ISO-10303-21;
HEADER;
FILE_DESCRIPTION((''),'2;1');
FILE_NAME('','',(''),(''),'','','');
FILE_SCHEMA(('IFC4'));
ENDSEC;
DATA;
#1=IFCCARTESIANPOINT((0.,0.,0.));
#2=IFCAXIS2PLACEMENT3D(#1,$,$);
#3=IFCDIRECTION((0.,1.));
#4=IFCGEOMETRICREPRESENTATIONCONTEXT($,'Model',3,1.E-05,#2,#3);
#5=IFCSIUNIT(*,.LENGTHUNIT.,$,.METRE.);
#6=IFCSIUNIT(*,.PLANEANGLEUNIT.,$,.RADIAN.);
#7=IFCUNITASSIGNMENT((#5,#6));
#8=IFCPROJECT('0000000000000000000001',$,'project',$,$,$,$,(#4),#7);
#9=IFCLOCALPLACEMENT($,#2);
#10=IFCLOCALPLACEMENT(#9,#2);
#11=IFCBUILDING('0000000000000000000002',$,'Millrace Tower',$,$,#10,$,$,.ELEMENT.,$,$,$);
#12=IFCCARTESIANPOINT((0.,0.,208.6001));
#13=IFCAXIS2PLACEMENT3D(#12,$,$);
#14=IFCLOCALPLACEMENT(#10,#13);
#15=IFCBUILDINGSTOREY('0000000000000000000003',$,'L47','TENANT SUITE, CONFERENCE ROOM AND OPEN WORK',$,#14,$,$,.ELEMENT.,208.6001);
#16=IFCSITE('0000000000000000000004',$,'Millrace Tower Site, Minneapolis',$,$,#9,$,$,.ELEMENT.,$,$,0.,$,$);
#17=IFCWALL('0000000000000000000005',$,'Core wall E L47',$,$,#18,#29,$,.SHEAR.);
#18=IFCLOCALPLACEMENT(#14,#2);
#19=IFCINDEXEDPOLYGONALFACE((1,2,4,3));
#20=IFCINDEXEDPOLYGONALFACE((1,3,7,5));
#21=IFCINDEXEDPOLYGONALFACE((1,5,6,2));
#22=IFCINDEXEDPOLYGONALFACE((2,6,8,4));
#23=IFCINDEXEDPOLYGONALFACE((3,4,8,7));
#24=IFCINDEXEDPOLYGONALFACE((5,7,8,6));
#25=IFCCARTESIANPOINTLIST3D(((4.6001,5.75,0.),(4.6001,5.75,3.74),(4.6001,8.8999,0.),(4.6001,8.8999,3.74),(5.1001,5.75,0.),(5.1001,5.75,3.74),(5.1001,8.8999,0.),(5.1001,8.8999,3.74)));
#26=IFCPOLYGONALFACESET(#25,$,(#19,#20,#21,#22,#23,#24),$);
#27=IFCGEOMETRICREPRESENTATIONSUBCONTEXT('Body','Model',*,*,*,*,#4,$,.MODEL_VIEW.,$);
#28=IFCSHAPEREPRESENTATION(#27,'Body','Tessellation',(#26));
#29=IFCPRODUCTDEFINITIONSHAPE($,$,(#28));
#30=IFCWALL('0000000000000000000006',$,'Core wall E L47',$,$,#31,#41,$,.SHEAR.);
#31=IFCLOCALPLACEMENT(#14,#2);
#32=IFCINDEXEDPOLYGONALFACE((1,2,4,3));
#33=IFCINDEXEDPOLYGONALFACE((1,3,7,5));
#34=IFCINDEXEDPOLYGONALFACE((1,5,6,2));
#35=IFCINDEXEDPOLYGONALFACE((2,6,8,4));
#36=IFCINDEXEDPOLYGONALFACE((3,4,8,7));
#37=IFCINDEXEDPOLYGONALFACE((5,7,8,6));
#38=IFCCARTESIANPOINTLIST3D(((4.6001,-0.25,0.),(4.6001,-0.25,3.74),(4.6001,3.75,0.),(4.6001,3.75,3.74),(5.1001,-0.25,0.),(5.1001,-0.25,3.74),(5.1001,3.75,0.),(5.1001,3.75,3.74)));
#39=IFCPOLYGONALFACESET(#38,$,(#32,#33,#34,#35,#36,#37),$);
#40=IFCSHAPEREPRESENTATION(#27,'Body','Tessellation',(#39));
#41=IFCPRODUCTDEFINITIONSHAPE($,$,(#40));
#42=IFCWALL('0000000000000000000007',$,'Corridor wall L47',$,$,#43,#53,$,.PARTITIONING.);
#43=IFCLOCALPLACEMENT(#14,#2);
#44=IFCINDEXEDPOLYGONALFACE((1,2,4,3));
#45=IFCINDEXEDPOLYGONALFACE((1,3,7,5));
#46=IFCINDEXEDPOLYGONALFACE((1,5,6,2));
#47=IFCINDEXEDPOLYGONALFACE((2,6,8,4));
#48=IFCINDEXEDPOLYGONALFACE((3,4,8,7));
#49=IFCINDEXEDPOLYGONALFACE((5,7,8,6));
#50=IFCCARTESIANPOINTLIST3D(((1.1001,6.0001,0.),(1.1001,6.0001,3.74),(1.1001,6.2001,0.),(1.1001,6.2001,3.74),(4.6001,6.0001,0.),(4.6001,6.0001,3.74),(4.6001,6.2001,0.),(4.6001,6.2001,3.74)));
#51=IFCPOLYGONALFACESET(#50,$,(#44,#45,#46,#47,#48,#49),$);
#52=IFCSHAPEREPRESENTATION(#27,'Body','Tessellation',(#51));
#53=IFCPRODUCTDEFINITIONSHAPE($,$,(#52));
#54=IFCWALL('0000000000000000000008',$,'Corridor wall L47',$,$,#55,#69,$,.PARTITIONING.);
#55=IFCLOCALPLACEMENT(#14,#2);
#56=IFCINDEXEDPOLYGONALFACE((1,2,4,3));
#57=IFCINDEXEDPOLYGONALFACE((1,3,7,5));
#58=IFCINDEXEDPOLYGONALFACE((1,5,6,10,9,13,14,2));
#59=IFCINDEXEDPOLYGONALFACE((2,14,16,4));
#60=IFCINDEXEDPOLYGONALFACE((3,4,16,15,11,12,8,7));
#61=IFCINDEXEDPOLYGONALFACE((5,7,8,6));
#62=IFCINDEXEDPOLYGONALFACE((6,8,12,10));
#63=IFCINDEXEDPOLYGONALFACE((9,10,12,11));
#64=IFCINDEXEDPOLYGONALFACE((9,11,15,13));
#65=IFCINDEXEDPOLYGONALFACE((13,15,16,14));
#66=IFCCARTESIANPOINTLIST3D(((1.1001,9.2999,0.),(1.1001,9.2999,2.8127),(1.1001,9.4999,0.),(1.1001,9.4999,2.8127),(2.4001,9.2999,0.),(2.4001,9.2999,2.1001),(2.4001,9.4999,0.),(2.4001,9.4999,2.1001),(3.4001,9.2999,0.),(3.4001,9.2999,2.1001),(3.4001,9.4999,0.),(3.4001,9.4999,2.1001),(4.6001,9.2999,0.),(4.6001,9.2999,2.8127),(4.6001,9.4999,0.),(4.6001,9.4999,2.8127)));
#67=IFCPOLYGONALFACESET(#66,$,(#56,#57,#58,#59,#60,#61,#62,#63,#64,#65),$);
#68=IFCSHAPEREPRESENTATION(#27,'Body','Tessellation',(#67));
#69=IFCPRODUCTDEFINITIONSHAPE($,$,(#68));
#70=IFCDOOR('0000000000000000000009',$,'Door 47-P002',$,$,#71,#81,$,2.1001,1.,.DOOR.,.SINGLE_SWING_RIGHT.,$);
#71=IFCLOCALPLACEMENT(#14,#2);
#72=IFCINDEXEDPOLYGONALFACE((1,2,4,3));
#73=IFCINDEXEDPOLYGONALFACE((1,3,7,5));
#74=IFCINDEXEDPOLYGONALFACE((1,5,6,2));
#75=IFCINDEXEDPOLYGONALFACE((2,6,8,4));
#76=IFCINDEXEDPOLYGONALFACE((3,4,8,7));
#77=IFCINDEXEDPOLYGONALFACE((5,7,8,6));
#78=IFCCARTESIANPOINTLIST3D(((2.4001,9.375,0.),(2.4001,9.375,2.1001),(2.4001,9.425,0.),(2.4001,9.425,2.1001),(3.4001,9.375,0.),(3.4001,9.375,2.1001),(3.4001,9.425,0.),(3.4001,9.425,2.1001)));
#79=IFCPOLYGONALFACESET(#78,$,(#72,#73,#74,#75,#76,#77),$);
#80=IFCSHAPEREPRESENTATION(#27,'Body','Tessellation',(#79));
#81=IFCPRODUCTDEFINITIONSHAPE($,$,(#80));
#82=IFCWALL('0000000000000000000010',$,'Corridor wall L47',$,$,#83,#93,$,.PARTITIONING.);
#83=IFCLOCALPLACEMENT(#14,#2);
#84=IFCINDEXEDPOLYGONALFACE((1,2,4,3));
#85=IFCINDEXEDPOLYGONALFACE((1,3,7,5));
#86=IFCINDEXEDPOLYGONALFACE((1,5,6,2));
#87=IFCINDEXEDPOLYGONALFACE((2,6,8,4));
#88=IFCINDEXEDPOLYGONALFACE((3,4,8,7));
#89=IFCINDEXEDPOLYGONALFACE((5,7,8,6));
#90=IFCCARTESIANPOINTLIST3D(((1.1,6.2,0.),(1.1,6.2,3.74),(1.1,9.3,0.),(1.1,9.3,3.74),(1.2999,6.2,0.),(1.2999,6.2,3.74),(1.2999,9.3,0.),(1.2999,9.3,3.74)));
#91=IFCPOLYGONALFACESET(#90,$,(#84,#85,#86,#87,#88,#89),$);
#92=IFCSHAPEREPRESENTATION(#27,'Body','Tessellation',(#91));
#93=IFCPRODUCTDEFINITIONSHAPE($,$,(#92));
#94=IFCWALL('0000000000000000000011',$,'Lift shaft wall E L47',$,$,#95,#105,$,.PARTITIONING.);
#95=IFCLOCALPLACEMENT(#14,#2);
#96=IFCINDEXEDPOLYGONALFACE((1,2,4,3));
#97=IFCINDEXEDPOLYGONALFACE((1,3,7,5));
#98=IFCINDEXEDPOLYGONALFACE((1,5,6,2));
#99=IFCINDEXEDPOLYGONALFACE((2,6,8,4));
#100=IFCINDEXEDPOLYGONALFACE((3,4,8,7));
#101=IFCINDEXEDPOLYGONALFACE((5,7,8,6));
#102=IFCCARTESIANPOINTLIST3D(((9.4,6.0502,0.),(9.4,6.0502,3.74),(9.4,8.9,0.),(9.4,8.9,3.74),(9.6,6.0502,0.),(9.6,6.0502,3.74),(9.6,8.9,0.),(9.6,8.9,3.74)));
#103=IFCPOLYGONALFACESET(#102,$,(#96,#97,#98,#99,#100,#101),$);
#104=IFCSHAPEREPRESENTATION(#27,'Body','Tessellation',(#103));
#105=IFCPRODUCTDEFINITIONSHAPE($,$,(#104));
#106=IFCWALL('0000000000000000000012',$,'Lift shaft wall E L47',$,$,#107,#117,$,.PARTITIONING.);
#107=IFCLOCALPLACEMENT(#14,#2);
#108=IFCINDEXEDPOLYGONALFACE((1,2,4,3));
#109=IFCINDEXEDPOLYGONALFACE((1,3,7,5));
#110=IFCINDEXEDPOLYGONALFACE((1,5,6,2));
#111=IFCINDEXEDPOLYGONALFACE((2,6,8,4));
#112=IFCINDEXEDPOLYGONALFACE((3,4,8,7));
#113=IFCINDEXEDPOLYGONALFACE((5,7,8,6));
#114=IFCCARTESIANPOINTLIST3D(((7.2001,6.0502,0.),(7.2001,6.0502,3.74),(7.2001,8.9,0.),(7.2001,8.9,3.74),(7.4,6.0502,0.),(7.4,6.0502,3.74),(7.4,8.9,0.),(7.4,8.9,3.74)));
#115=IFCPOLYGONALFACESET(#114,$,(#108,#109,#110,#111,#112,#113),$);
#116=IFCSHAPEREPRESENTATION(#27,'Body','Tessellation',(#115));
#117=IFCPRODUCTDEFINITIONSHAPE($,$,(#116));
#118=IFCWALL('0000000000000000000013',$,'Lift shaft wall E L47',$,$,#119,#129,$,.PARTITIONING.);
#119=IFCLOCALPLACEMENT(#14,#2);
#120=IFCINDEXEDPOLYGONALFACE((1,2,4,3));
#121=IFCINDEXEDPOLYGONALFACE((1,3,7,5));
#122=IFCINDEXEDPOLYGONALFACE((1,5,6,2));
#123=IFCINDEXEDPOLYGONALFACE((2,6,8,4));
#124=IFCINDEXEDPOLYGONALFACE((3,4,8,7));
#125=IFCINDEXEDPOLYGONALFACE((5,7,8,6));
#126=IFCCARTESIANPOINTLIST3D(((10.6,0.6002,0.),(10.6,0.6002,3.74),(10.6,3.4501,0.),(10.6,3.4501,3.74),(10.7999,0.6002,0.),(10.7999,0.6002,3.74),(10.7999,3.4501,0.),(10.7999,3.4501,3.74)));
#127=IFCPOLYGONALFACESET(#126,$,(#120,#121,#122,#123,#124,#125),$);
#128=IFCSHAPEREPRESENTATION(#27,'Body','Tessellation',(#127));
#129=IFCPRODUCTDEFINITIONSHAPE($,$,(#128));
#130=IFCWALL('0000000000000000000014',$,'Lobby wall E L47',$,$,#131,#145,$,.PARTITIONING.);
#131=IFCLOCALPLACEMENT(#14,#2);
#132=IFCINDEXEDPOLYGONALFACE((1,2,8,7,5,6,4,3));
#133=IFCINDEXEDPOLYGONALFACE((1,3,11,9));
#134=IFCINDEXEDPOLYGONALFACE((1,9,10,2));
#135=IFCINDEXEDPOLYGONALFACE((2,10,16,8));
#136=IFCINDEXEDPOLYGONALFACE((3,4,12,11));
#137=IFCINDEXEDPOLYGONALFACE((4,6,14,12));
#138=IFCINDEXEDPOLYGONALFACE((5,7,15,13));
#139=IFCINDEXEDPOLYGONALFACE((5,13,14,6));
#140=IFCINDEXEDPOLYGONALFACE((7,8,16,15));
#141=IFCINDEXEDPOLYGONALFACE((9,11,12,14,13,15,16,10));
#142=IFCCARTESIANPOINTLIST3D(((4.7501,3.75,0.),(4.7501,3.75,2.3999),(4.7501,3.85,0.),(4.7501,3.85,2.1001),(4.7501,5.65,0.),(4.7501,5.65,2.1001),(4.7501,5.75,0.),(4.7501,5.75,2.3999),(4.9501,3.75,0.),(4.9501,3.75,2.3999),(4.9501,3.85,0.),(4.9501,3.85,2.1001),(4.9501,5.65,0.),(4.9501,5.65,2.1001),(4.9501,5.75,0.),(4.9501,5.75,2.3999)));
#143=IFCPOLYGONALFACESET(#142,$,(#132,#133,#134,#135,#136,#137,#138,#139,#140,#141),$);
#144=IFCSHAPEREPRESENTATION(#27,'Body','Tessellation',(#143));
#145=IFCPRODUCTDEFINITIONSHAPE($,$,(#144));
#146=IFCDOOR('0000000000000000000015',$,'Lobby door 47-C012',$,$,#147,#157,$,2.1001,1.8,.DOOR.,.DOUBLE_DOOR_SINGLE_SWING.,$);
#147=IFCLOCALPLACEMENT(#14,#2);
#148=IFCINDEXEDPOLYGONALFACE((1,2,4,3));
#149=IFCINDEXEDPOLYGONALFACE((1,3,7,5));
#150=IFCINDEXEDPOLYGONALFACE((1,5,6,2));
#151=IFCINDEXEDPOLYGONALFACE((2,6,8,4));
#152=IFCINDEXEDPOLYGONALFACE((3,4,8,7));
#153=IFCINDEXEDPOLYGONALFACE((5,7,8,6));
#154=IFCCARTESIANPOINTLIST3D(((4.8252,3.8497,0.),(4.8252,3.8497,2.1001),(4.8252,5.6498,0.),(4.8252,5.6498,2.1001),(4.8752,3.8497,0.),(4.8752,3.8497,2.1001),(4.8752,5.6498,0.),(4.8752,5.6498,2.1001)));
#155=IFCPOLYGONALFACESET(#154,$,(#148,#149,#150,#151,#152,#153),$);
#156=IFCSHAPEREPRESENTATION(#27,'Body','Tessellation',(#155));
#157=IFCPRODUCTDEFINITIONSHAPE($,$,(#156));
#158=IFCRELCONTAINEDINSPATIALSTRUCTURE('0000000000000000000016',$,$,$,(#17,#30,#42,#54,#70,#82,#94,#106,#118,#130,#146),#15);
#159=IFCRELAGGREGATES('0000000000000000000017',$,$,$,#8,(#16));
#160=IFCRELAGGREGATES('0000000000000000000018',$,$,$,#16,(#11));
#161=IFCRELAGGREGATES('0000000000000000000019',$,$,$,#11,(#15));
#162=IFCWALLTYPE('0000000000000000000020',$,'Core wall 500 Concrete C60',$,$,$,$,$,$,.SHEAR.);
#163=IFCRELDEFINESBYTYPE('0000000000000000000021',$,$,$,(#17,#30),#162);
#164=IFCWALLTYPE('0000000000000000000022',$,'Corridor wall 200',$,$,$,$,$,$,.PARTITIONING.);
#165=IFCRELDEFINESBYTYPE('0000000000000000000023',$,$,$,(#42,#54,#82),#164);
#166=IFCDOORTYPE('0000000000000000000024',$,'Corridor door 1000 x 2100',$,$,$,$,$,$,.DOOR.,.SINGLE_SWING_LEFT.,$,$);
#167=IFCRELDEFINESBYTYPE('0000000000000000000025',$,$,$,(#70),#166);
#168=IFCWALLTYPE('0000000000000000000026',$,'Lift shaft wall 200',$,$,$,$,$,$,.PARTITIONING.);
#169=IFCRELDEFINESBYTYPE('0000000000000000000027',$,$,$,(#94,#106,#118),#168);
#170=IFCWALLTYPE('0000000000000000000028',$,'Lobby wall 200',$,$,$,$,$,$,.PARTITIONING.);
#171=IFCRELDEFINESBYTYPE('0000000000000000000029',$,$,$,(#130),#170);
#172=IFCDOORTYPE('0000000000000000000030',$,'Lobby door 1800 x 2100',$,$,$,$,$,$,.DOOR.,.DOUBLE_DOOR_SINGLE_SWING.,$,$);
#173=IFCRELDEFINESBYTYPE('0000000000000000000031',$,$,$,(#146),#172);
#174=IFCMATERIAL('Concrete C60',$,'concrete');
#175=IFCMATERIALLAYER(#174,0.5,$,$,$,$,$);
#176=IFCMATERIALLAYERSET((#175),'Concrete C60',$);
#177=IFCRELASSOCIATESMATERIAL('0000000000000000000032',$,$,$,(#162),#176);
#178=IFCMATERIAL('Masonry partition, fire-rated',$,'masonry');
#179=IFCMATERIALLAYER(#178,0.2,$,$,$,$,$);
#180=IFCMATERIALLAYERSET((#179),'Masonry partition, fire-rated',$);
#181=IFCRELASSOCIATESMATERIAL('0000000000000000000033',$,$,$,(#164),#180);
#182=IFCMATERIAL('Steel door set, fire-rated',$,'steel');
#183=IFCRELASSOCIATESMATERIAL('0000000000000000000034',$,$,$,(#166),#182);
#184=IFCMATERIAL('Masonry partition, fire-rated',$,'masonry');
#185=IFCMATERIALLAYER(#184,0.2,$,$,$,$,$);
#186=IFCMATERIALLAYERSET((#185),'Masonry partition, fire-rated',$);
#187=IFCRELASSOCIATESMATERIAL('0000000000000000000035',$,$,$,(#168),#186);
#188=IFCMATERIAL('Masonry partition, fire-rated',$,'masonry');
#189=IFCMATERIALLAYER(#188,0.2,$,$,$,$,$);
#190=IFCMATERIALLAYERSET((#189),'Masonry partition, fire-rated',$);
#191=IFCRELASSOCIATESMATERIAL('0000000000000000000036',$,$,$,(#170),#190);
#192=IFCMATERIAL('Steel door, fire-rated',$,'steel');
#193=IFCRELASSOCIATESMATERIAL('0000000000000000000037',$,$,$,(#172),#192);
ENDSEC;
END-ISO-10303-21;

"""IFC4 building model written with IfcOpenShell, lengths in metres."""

from ifc_helpers import new_model, si_unit, direction, frame, frame_2d, origin, place, context, subcontext, project, spatial, rectangle, extrude, material, layer, layer_set, type_object, element, fill, save


model = new_model("IFC4")

# Units and contexts
model_context = context("Model", 3, precision=1e-05, world=origin(), true_north=direction((0.0, 1.0)))
body_context = subcontext(model_context, "Body", "Model", "MODEL_VIEW")
ifc_project = project(units=[si_unit("LENGTHUNIT", "METRE"), si_unit("PLANEANGLEUNIT", "RADIAN")], contexts=[model_context])

# Site, building, storey
site_placement = place(None, origin())
site = spatial("IfcSite", under=ifc_project, at=site_placement, Name="Millrace Tower Site, Minneapolis", CompositionType="ELEMENT", RefElevation=0.0)
building_placement = place(site_placement, origin())
building = spatial("IfcBuilding", under=site, at=building_placement, Name="Millrace Tower", CompositionType="ELEMENT")
storey_placement = place(building_placement, frame((0.0, 0.0, 208.6001)))
storey = spatial("IfcBuildingStorey", under=building, at=storey_placement, Name="L47", Description="TENANT SUITE, CONFERENCE ROOM AND OPEN WORK", CompositionType="ELEMENT", Elevation=208.6001)

# Walls
ifc_material_1 = material(Name="Concrete C60", Category="concrete")
ifc_layer_1 = layer(ifc_material_1, 0.5)
ifc_layer_set_1 = layer_set([ifc_layer_1], Name="Concrete C60")
wall_type_1 = type_object("IfcWallType", Name="Core wall 500 Concrete C60", PredefinedType="SHEAR", material=ifc_layer_set_1)
wall_1_placement = place(storey_placement, frame((4.8501, 8.8999, 0.0), z_axis=(0.0, 0.0, 1.0), x_axis=(0.0, -1.0, 0.0)))
element("IfcWall", 1, at=wall_1_placement, inside=storey, type_object=wall_type_1, Name="Core wall E L47", PredefinedType="SHEAR", context=body_context, shape_type="SweptSolid", body=[
    extrude(rectangle(XDim=3.1499, YDim=0.5, at=frame_2d((1.575, 0.0))), origin(), (0.0, 0.0, 1.0), 3.74),
])
wall_2_placement = place(storey_placement, frame((4.8501, 3.75, 0.0), z_axis=(0.0, 0.0, 1.0), x_axis=(0.0, -1.0, 0.0)))
element("IfcWall", 2, at=wall_2_placement, inside=storey, type_object=wall_type_1, Name="Core wall E L47", PredefinedType="SHEAR", context=body_context, shape_type="SweptSolid", body=[
    extrude(rectangle(XDim=4.0, YDim=0.5, at=frame_2d((2.0, 0.0))), origin(), (0.0, 0.0, 1.0), 3.74),
])
ifc_material_2 = material(Name="Masonry partition, fire-rated", Category="masonry")
ifc_layer_2 = layer(ifc_material_2, 0.2)
ifc_layer_set_2 = layer_set([ifc_layer_2], Name="Masonry partition, fire-rated")
wall_type_2 = type_object("IfcWallType", Name="Corridor wall 200", PredefinedType="PARTITIONING", material=ifc_layer_set_2)
wall_3_placement = place(storey_placement, frame((1.1001, 6.1001, 0.0), z_axis=(0.0, 0.0, 1.0), x_axis=(1.0, 0.0, 0.0)))
element("IfcWall", 3, at=wall_3_placement, inside=storey, type_object=wall_type_2, Name="Corridor wall L47", PredefinedType="PARTITIONING", context=body_context, shape_type="SweptSolid", body=[
    extrude(rectangle(XDim=3.5, YDim=0.2, at=frame_2d((1.75, 0.0))), origin(), (0.0, 0.0, 1.0), 3.74),
])

# Wall, opening, door
wall_4_placement = place(storey_placement, frame((1.1001, 9.3999, 0.0), z_axis=(0.0, 0.0, 1.0), x_axis=(1.0, 0.0, 0.0)))
wall_4 = element("IfcWall", 4, at=wall_4_placement, inside=storey, type_object=wall_type_2, Name="Corridor wall L47", PredefinedType="PARTITIONING", context=body_context, shape_type="SweptSolid", body=[
    extrude(rectangle(XDim=3.5, YDim=0.2, at=frame_2d((1.75, 0.0))), origin(), (0.0, 0.0, 1.0), 2.8127),
])
opening_1_placement = place(wall_4_placement, frame((1.3, 0.0, 0.0)))
opening_1 = element("IfcOpeningElement", 5, at=opening_1_placement, cuts=wall_4, PredefinedType="OPENING", context=body_context, shape_type="SweptSolid", body=[
    extrude(rectangle(XDim=1.0, YDim=2.1001, at=frame_2d((0.5, 1.05))), frame((0.0, 0.1099, 0.0), z_axis=(0.0, -1.0, 0.0), x_axis=(1.0, 0.0, 0.0)), (0.0, 0.0, 1.0), 0.22),
])
ifc_material_3 = material(Name="Steel door set, fire-rated", Category="steel")
door_type_1 = type_object("IfcDoorType", Name="Corridor door 1000 x 2100", OperationType="SINGLE_SWING_LEFT", PredefinedType="DOOR", material=ifc_material_3)
door_1_placement = place(opening_1_placement, frame((1.0, 0.0, 0.0), z_axis=(0.0, 0.0, 1.0), x_axis=(-1.0, 0.0, 0.0)))
door_1 = element("IfcDoor", 6, at=door_1_placement, inside=storey, type_object=door_type_1, Name="Door 47-P002", OperationType="SINGLE_SWING_RIGHT", OverallHeight=2.1001, OverallWidth=1.0, PredefinedType="DOOR", context=body_context, shape_type="SweptSolid", body=[
    extrude(rectangle(XDim=1.0, YDim=2.1001, at=frame_2d((0.5, 1.05))), frame((0.0, 0.0249, 0.0), z_axis=(0.0, -1.0, 0.0), x_axis=(1.0, 0.0, 0.0)), (0.0, 0.0, 1.0), 0.05),
])
fill(opening_1, door_1)

# Walls
wall_5_placement = place(storey_placement, frame((1.2, 6.2, 0.0), z_axis=(0.0, 0.0, 1.0), x_axis=(0.0, 1.0, 0.0)))
element("IfcWall", 7, at=wall_5_placement, inside=storey, type_object=wall_type_2, Name="Corridor wall L47", PredefinedType="PARTITIONING", context=body_context, shape_type="SweptSolid", body=[
    extrude(rectangle(XDim=3.1001, YDim=0.2, at=frame_2d((1.55, 0.0))), origin(), (0.0, 0.0, 1.0), 3.74),
])
ifc_material_4 = material(Name="Masonry partition, fire-rated", Category="masonry")
ifc_layer_3 = layer(ifc_material_4, 0.2)
ifc_layer_set_3 = layer_set([ifc_layer_3], Name="Masonry partition, fire-rated")
wall_type_3 = type_object("IfcWallType", Name="Lift shaft wall 200", PredefinedType="PARTITIONING", material=ifc_layer_set_3)
for number, where, z_axis, x_axis, name in (
    (8, (9.5, 8.8999, 0.0), (0.0, 0.0, 1.0), (0.0, -1.0, 0.0), "Lift shaft wall E L47"),
    (9, (7.3, 8.8999, 0.0), (0.0, 0.0, 1.0), (0.0, -1.0, 0.0), "Lift shaft wall E L47"),
    (10, (10.7, 3.45, 0.0), (0.0, 0.0, 1.0), (0.0, -1.0, 0.0), "Lift shaft wall E L47"),
):
    element("IfcWall", number, at=place(storey_placement, frame(where, z_axis=z_axis, x_axis=x_axis)), inside=storey, type_object=wall_type_3, Name=name, PredefinedType="PARTITIONING", context=body_context, shape_type="SweptSolid", body=[
        extrude(rectangle(XDim=2.8499, YDim=0.2, at=frame_2d((1.4248, 0.0))), origin(), (0.0, 0.0, 1.0), 3.74),
    ])

# Wall, opening, door
ifc_material_5 = material(Name="Masonry partition, fire-rated", Category="masonry")
ifc_layer_4 = layer(ifc_material_5, 0.2)
ifc_layer_set_4 = layer_set([ifc_layer_4], Name="Masonry partition, fire-rated")
wall_type_4 = type_object("IfcWallType", Name="Lobby wall 200", PredefinedType="PARTITIONING", material=ifc_layer_set_4)
wall_6_placement = place(storey_placement, frame((4.8501, 5.75, 0.0), z_axis=(0.0, 0.0, 1.0), x_axis=(0.0, -1.0, 0.0)))
wall_6 = element("IfcWall", 11, at=wall_6_placement, inside=storey, type_object=wall_type_4, Name="Lobby wall E L47", PredefinedType="PARTITIONING", context=body_context, shape_type="SweptSolid", body=[
    extrude(rectangle(XDim=2.0, YDim=0.2, at=frame_2d((1.0, 0.0))), origin(), (0.0, 0.0, 1.0), 2.3999),
])
opening_2_placement = place(wall_6_placement, frame((0.1001, 0.0, 0.0)))
opening_2 = element("IfcOpeningElement", 12, at=opening_2_placement, cuts=wall_6, PredefinedType="OPENING", context=body_context, shape_type="SweptSolid", body=[
    extrude(rectangle(XDim=1.8, YDim=2.1001, at=frame_2d((0.8999, 1.05))), frame((0.0, 0.1099, 0.0), z_axis=(0.0, -1.0, 0.0), x_axis=(1.0, 0.0, 0.0)), (0.0, 0.0, 1.0), 0.22),
])
ifc_material_6 = material(Name="Steel door, fire-rated", Category="steel")
door_type_2 = type_object("IfcDoorType", Name="Lobby door 1800 x 2100", OperationType="DOUBLE_DOOR_SINGLE_SWING", PredefinedType="DOOR", material=ifc_material_6)
door_2_placement = place(opening_2_placement, frame((1.8, 0.0, 0.0), z_axis=(0.0, 0.0, 1.0), x_axis=(-1.0, 0.0, 0.0)))
door_2 = element("IfcDoor", 13, at=door_2_placement, inside=storey, type_object=door_type_2, Name="Lobby door 47-C012", OperationType="DOUBLE_DOOR_SINGLE_SWING", OverallHeight=2.1001, OverallWidth=1.8, PredefinedType="DOOR", context=body_context, shape_type="SweptSolid", body=[
    extrude(rectangle(XDim=1.8, YDim=2.1001, at=frame_2d((0.8999, 1.05))), frame((0.0, 0.0249, 0.0), z_axis=(0.0, -1.0, 0.0), x_axis=(1.0, 0.0, 0.0)), (0.0, 0.0, 1.0), 0.05),
])
fill(opening_2, door_2)

save(model, "model.ifc")
